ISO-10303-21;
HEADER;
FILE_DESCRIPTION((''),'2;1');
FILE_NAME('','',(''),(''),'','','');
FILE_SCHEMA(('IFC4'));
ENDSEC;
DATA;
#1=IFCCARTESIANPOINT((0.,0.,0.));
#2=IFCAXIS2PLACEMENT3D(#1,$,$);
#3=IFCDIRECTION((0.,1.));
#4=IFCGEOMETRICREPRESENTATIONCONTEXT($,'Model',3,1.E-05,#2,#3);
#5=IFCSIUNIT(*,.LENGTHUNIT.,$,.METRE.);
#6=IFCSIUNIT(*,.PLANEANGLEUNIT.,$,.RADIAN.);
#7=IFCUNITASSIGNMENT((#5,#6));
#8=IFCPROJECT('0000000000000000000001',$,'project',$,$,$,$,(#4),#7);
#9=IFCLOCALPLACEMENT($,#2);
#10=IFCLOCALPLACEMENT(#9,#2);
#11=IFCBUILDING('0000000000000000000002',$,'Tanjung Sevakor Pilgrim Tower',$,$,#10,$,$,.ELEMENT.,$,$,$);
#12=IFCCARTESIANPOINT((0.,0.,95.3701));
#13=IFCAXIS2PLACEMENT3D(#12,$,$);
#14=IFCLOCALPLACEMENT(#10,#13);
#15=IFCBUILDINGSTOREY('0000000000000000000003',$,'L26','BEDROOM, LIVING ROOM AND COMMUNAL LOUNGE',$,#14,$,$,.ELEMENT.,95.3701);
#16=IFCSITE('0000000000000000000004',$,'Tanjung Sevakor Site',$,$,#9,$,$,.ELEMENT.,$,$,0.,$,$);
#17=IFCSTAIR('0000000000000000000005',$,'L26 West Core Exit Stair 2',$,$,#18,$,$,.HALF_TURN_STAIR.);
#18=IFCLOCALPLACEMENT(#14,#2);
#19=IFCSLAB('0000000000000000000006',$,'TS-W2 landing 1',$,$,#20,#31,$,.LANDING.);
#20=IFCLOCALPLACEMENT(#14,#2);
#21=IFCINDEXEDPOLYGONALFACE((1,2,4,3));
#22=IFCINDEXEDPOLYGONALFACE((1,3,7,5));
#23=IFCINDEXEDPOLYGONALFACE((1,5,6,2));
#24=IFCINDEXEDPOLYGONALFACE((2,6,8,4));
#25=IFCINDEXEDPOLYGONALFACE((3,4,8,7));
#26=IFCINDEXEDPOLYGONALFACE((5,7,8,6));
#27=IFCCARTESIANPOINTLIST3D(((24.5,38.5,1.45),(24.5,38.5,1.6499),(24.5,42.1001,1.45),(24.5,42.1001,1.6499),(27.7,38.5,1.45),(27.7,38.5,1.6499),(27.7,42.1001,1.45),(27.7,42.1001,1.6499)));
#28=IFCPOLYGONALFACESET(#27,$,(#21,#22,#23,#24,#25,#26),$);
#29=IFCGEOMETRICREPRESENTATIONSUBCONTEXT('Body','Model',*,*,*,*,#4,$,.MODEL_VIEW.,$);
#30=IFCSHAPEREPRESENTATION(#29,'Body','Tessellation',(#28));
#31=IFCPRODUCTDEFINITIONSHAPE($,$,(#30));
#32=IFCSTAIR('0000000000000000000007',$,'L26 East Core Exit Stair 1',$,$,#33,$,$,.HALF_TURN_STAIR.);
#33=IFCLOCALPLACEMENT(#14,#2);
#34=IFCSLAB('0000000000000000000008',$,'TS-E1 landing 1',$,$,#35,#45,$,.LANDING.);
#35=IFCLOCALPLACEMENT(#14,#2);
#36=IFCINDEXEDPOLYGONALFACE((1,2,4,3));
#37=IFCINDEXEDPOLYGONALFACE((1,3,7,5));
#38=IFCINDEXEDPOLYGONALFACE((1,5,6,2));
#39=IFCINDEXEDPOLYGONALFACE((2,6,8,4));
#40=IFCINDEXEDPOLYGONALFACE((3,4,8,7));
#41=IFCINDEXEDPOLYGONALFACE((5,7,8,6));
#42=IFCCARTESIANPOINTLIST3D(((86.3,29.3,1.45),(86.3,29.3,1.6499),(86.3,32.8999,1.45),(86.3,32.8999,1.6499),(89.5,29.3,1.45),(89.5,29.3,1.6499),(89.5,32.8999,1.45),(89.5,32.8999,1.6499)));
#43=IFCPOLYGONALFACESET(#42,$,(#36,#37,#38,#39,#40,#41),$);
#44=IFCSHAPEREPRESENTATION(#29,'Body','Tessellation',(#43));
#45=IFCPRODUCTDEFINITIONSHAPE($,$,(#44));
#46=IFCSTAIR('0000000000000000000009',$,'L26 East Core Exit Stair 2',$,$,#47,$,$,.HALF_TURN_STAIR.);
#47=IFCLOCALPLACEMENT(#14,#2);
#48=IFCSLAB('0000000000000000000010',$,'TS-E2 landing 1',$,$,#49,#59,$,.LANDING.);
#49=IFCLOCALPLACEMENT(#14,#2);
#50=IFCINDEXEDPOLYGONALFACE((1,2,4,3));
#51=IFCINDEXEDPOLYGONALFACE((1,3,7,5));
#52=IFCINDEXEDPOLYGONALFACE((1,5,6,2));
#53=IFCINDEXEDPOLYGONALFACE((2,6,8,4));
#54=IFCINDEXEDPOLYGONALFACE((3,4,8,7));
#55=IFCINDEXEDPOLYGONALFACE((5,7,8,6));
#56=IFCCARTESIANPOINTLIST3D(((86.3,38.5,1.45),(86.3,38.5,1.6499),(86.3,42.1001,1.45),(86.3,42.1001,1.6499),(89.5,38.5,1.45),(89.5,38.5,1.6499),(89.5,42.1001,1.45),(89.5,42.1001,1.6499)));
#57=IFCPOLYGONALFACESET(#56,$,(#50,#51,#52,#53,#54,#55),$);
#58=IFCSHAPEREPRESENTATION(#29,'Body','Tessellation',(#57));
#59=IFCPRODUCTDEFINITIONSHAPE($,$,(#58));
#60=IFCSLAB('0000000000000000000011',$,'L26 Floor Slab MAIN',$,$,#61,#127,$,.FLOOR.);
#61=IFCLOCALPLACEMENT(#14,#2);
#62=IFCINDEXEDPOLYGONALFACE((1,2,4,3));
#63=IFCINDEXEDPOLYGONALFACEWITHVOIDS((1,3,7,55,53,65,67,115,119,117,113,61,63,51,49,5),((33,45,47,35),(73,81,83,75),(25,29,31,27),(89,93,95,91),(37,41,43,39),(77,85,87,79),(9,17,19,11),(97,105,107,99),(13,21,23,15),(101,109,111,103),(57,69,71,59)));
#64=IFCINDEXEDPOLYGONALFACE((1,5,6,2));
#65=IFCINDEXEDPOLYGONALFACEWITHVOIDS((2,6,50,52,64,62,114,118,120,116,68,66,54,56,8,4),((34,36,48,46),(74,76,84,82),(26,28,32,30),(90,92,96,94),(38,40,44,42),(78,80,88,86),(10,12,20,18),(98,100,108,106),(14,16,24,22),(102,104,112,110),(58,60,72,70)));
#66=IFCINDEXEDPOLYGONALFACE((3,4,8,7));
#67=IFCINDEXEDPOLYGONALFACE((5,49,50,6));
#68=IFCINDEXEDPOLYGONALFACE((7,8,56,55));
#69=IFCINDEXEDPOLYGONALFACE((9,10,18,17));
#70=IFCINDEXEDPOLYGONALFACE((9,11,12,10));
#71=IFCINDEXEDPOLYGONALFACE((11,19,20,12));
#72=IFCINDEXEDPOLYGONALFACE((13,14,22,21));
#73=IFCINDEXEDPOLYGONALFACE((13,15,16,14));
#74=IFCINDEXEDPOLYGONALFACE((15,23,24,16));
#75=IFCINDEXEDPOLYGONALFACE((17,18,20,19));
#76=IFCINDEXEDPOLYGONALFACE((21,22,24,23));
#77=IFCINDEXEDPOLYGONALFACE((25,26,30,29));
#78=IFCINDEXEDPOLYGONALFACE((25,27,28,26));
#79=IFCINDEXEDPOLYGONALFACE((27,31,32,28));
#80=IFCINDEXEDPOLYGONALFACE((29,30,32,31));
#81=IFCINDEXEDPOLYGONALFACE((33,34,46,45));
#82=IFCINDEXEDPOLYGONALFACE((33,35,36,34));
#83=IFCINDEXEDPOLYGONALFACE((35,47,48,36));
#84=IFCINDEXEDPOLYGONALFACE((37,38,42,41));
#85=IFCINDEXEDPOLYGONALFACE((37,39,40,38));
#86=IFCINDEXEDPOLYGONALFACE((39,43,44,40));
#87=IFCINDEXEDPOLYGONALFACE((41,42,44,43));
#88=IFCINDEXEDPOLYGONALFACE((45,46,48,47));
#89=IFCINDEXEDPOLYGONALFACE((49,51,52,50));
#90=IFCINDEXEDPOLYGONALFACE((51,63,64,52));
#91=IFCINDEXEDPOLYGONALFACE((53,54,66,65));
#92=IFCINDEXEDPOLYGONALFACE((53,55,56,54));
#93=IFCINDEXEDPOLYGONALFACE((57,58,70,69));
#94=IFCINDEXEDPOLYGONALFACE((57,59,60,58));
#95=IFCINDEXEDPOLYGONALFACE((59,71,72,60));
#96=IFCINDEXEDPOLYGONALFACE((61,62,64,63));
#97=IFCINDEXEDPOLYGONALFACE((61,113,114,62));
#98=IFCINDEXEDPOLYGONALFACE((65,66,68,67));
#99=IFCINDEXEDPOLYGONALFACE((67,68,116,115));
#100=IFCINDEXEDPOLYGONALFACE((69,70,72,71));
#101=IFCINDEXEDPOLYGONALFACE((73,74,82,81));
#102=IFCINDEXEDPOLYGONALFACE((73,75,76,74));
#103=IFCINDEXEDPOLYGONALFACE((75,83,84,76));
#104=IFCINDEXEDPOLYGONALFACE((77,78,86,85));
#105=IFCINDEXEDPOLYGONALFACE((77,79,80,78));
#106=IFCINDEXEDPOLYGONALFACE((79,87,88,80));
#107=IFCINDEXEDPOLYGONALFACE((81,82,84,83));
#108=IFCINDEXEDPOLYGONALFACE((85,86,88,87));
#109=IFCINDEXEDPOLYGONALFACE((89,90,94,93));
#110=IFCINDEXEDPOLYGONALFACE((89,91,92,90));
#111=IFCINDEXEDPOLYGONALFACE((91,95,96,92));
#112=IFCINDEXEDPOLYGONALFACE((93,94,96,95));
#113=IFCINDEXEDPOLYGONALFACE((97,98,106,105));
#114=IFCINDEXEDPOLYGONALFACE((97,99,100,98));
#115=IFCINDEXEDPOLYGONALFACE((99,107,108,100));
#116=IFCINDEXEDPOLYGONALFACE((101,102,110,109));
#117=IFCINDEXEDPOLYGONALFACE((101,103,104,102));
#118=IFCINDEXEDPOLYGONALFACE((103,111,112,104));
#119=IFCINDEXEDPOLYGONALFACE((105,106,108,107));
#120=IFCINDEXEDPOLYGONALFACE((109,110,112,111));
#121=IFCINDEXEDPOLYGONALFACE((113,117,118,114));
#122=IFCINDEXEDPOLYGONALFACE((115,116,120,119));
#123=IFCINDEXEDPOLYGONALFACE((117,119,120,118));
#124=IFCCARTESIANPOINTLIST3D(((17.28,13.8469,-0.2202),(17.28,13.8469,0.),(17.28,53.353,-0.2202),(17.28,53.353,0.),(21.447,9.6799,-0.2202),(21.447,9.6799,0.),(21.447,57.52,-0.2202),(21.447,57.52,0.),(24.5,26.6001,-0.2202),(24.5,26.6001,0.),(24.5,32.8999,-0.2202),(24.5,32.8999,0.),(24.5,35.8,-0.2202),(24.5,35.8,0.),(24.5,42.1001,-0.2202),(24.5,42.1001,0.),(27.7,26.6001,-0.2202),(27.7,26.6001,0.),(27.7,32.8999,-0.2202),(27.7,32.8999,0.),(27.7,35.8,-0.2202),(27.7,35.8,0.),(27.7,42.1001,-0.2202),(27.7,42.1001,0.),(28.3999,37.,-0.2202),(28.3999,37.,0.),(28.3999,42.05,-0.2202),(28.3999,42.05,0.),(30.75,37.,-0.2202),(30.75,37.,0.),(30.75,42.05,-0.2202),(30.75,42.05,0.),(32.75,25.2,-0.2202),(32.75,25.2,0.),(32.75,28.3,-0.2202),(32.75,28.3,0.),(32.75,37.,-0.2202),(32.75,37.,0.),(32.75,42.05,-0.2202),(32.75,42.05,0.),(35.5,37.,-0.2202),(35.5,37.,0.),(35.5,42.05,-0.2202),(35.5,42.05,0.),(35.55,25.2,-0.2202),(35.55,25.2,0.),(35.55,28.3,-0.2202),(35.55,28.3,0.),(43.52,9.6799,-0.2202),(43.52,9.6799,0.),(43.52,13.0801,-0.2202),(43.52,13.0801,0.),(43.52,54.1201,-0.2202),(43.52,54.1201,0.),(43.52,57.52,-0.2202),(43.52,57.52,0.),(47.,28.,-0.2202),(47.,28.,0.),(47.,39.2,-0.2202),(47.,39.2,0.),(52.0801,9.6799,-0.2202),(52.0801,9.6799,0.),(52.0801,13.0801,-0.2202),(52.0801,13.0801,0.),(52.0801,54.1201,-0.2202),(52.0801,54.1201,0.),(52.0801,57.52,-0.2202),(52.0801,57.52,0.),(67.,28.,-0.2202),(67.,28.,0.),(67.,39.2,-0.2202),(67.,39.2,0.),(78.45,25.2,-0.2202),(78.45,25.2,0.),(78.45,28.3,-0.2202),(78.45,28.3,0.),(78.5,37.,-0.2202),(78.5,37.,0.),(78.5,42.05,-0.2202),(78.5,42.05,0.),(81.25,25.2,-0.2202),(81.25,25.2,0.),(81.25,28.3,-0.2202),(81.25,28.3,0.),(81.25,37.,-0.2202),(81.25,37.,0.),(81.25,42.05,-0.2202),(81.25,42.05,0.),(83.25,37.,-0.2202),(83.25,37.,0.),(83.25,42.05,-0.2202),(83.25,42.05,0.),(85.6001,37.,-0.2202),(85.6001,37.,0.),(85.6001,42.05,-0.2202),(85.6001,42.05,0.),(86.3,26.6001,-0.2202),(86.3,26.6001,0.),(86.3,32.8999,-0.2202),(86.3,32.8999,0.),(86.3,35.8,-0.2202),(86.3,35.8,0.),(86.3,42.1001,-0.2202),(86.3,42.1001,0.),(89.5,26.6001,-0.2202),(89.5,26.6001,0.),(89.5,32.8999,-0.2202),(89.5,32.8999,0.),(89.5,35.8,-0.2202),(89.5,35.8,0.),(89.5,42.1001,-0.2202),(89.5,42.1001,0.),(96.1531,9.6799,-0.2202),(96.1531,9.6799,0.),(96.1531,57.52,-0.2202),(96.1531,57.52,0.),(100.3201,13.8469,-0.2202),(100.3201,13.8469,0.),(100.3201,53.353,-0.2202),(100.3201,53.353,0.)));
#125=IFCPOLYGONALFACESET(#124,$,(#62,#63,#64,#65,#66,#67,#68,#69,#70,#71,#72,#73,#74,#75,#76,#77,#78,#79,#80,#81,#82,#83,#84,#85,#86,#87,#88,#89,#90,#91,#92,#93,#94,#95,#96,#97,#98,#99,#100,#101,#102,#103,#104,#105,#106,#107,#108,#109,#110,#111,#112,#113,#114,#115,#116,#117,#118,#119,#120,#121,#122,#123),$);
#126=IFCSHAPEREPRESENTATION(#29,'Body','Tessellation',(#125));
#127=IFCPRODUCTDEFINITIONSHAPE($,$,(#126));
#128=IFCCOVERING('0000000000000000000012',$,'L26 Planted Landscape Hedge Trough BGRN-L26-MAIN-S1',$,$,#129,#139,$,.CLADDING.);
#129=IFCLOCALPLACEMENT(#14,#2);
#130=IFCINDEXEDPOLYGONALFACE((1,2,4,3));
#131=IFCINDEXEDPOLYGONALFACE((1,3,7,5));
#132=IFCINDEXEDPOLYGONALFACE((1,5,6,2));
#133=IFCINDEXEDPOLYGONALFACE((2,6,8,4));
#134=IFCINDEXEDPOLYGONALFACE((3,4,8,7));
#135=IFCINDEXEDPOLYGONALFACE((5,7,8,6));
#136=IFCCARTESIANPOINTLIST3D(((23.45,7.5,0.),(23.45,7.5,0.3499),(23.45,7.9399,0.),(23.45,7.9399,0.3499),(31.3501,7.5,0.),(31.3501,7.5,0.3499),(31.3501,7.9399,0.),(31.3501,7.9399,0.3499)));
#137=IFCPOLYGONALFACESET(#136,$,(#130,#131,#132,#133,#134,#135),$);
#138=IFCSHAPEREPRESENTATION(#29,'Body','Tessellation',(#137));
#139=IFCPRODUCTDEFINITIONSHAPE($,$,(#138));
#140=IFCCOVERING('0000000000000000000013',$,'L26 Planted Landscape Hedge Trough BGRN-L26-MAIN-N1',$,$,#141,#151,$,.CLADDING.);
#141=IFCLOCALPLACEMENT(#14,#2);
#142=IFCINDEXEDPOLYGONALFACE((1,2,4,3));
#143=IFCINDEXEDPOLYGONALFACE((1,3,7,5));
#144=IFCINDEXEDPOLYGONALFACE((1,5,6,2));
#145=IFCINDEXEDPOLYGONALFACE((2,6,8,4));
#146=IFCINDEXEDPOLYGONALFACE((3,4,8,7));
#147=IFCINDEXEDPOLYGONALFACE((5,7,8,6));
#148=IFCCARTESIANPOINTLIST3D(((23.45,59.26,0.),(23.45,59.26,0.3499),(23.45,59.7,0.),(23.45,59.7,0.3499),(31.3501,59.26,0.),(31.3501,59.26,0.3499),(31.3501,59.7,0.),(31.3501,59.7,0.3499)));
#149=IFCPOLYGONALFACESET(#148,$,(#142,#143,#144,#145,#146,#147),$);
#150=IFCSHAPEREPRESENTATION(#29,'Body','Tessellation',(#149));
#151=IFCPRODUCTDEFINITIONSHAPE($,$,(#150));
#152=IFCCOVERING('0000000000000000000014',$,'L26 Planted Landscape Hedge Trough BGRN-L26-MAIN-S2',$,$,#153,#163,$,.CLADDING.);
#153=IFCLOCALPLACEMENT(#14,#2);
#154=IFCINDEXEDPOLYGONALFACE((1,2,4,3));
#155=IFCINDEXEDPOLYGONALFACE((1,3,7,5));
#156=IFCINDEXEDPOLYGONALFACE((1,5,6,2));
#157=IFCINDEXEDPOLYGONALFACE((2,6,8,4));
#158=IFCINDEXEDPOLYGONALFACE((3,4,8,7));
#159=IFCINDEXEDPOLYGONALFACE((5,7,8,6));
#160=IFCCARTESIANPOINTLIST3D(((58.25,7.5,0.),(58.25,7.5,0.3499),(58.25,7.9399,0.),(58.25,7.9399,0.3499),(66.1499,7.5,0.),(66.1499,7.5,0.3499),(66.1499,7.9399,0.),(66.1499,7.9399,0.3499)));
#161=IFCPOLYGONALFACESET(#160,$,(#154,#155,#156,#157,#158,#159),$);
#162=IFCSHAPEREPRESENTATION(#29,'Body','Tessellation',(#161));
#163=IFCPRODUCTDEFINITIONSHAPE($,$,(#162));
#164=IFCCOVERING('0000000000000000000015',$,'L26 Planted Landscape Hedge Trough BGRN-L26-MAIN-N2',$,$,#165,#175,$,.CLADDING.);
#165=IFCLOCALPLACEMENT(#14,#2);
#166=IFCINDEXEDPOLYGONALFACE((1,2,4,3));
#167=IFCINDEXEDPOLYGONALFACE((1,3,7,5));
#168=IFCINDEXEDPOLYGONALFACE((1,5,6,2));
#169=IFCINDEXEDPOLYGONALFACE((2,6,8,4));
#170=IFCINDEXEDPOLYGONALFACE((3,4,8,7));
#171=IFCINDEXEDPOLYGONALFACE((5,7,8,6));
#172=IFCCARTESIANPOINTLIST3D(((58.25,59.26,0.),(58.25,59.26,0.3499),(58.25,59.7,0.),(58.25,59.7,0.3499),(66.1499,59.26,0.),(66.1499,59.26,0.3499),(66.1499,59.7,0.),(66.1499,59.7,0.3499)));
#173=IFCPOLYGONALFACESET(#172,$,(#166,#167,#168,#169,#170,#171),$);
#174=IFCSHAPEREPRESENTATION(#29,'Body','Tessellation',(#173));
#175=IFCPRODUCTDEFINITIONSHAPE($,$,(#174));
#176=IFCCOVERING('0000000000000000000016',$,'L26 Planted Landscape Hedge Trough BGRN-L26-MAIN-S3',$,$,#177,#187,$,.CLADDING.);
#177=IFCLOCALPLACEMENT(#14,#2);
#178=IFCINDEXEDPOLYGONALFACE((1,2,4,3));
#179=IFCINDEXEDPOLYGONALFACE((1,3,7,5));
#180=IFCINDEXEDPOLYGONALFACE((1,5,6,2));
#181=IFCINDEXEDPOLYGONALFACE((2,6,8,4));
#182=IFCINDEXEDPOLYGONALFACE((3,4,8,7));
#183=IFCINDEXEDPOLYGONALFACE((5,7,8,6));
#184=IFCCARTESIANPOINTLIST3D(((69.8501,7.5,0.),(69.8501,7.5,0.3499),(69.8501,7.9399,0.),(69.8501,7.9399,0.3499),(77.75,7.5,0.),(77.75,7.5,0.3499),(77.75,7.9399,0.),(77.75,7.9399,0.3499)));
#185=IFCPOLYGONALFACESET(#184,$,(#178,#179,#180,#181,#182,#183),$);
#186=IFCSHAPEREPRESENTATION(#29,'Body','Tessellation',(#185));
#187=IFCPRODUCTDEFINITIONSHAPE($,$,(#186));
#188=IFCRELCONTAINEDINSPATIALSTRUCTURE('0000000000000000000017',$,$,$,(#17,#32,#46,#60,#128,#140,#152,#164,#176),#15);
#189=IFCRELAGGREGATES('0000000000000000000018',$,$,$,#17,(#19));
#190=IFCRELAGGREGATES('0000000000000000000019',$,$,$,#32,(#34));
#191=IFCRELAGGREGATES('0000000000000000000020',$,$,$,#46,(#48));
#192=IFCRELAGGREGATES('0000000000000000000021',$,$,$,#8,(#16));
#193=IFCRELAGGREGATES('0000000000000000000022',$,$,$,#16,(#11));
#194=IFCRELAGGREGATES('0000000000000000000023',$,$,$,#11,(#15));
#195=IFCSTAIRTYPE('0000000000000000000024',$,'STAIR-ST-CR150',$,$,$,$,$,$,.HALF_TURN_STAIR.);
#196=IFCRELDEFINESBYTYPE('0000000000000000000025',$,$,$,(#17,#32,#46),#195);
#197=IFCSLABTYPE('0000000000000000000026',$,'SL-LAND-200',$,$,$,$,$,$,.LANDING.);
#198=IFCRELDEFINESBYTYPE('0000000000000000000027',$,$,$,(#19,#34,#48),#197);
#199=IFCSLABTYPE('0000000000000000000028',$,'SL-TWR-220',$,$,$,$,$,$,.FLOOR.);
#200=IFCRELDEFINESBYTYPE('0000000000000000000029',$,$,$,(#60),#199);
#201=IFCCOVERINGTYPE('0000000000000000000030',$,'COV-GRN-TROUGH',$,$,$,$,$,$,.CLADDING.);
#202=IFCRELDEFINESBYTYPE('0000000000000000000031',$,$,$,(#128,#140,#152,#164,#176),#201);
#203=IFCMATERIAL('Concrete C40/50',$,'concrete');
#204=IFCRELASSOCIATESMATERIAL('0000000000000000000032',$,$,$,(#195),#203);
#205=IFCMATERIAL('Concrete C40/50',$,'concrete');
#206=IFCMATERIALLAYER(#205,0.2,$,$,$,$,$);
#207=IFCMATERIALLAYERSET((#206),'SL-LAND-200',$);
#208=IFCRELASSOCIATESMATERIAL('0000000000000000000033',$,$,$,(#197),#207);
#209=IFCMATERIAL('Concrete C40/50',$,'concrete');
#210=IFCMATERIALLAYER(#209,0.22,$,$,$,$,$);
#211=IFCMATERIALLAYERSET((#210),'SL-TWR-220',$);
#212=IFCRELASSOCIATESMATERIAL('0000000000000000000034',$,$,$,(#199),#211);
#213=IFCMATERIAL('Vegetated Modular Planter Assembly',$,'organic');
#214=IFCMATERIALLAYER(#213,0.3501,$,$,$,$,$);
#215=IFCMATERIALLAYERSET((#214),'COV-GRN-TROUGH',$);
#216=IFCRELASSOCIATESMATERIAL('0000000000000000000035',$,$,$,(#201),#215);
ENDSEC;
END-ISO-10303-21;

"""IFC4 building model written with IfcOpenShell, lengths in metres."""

from ifc_helpers import new_model, si_unit, direction, frame, origin, place, context, subcontext, project, spatial, polyline, outline, extrude, material, layer, layer_set, type_object, element, aggregate, save


model = new_model("IFC4")

# Units and contexts
model_context = context("Model", 3, precision=1e-05, world=origin(), true_north=direction((0.0, 1.0)))
body_context = subcontext(model_context, "Body", "Model", "MODEL_VIEW")
ifc_project = project(units=[si_unit("LENGTHUNIT", "METRE"), si_unit("PLANEANGLEUNIT", "RADIAN")], contexts=[model_context])

# Site, building, storey
site_placement = place(None, origin())
site = spatial("IfcSite", under=ifc_project, at=site_placement, Name="Tanjung Sevakor Site", CompositionType="ELEMENT", RefElevation=0.0)
building_placement = place(site_placement, origin())
building = spatial("IfcBuilding", under=site, at=building_placement, Name="Tanjung Sevakor Pilgrim Tower", CompositionType="ELEMENT")
storey_placement = place(building_placement, frame((0.0, 0.0, 95.3701)))
storey = spatial("IfcBuildingStorey", under=building, at=storey_placement, Name="L26", Description="BEDROOM, LIVING ROOM AND COMMUNAL LOUNGE", CompositionType="ELEMENT", Elevation=95.3701)

# Stairs, slabs
ifc_material_1 = material(Name="Concrete C40/50", Category="concrete")
stair_type = type_object("IfcStairType", Name="STAIR-ST-CR150", PredefinedType="HALF_TURN_STAIR", material=ifc_material_1)
ifc_material_2 = material(Name="Concrete C40/50", Category="concrete")
ifc_layer_1 = layer(ifc_material_2, 0.2)
ifc_layer_set_1 = layer_set([ifc_layer_1], Name="SL-LAND-200")
slab_type_1 = type_object("IfcSlabType", Name="SL-LAND-200", PredefinedType="LANDING", material=ifc_layer_set_1)
stair_1_placement = place(storey_placement, origin())
stair_1 = element("IfcStair", 1, at=stair_1_placement, inside=storey, type_object=stair_type, Name="L26 West Core Exit Stair 2", PredefinedType="HALF_TURN_STAIR")
slab_1_placement = place(storey_placement, frame((0.0, 0.0, 1.45)))
slab_1 = element("IfcSlab", 2, at=slab_1_placement, type_object=slab_type_1, Name="TS-W2 landing 1", PredefinedType="LANDING", context=body_context, shape_type="SweptSolid", body=[
    extrude(outline(polyline([(27.7, 38.5), (27.7, 42.1001), (24.5, 42.1001), (24.5, 38.5), (27.7, 38.5)])), origin(), (0.0, 0.0, 1.0), 0.2),
])
aggregate(stair_1, [slab_1])
stair_2_placement = place(storey_placement, origin())
stair_2 = element("IfcStair", 3, at=stair_2_placement, inside=storey, type_object=stair_type, Name="L26 East Core Exit Stair 1", PredefinedType="HALF_TURN_STAIR")
slab_2_placement = place(storey_placement, frame((0.0, 0.0, 1.45)))
slab_2 = element("IfcSlab", 4, at=slab_2_placement, type_object=slab_type_1, Name="TS-E1 landing 1", PredefinedType="LANDING", context=body_context, shape_type="SweptSolid", body=[
    extrude(outline(polyline([(89.5, 29.3), (89.5, 32.8999), (86.3, 32.8999), (86.3, 29.3), (89.5, 29.3)])), origin(), (0.0, 0.0, 1.0), 0.2),
])
aggregate(stair_2, [slab_2])
stair_3_placement = place(storey_placement, origin())
stair_3 = element("IfcStair", 5, at=stair_3_placement, inside=storey, type_object=stair_type, Name="L26 East Core Exit Stair 2", PredefinedType="HALF_TURN_STAIR")
slab_3_placement = place(storey_placement, frame((0.0, 0.0, 1.45)))
slab_3 = element("IfcSlab", 6, at=slab_3_placement, type_object=slab_type_1, Name="TS-E2 landing 1", PredefinedType="LANDING", context=body_context, shape_type="SweptSolid", body=[
    extrude(outline(polyline([(89.5, 38.5), (89.5, 42.1001), (86.3, 42.1001), (86.3, 38.5), (89.5, 38.5)])), origin(), (0.0, 0.0, 1.0), 0.2),
])
aggregate(stair_3, [slab_3])

# Slab
ifc_material_3 = material(Name="Concrete C40/50", Category="concrete")
ifc_layer_2 = layer(ifc_material_3, 0.22)
ifc_layer_set_2 = layer_set([ifc_layer_2], Name="SL-TWR-220")
slab_type_2 = type_object("IfcSlabType", Name="SL-TWR-220", PredefinedType="FLOOR", material=ifc_layer_set_2)
slab_4_placement = place(storey_placement, frame((0.0, 0.0, -0.2202)))
element("IfcSlab", 7, at=slab_4_placement, inside=storey, type_object=slab_type_2, Name="L26 Floor Slab MAIN", PredefinedType="FLOOR", context=body_context, shape_type="SweptSolid", body=[
    extrude(outline(polyline([(21.447, 9.6799), (43.52, 9.6799), (43.52, 13.0801), (52.0801, 13.0801), (52.0801, 9.6799), (96.1531, 9.6799), (100.3201, 13.8469), (100.3201, 53.353), (96.1531, 57.52), (52.0801, 57.52), (52.0801, 54.1201), (43.52, 54.1201), (43.52, 57.52), (21.447, 57.52), (17.28, 53.353), (17.28, 13.8469), (21.447, 9.6799)]), holes=[polyline([(27.7, 26.6001), (27.7, 32.8999), (24.5, 32.8999), (24.5, 26.6001), (27.7, 26.6001)]), polyline([(27.7, 35.8), (27.7, 42.1001), (24.5, 42.1001), (24.5, 35.8), (27.7, 35.8)]), polyline([(89.5, 26.6001), (89.5, 32.8999), (86.3, 32.8999), (86.3, 26.6001), (89.5, 26.6001)]), polyline([(89.5, 35.8), (89.5, 42.1001), (86.3, 42.1001), (86.3, 35.8), (89.5, 35.8)]), polyline([(32.75, 25.2), (35.55, 25.2), (35.55, 28.3), (32.75, 28.3), (32.75, 25.2)]), polyline([(28.3999, 37.0), (30.75, 37.0), (30.75, 42.05), (28.3999, 42.05), (28.3999, 37.0)]), polyline([(32.75, 37.0), (35.5, 37.0), (35.5, 42.05), (32.75, 42.05), (32.75, 37.0)]), polyline([(78.45, 25.2), (81.25, 25.2), (81.25, 28.3), (78.45, 28.3), (78.45, 25.2)]), polyline([(83.25, 37.0), (85.6001, 37.0), (85.6001, 42.05), (83.25, 42.05), (83.25, 37.0)]), polyline([(78.5, 37.0), (81.25, 37.0), (81.25, 42.05), (78.5, 42.05), (78.5, 37.0)]), polyline([(47.0, 28.0), (67.0, 28.0), (67.0, 39.2), (47.0, 39.2), (47.0, 28.0)])]), origin(), (0.0, 0.0, 1.0), 0.2202),
])

# Coverings
ifc_material_4 = material(Name="Vegetated Modular Planter Assembly", Category="organic")
ifc_layer_3 = layer(ifc_material_4, 0.3501)
ifc_layer_set_3 = layer_set([ifc_layer_3], Name="COV-GRN-TROUGH")
covering_type = type_object("IfcCoveringType", Name="COV-GRN-TROUGH", PredefinedType="CLADDING", material=ifc_layer_set_3)
covering_1_placement = place(storey_placement, origin())
element("IfcCovering", 8, at=covering_1_placement, inside=storey, type_object=covering_type, Name="L26 Planted Landscape Hedge Trough BGRN-L26-MAIN-S1", PredefinedType="CLADDING", context=body_context, shape_type="SweptSolid", body=[
    extrude(outline(polyline([(23.45, 7.5), (31.3501, 7.5), (31.3501, 7.9399), (23.45, 7.9399), (23.45, 7.5)])), origin(), (0.0, 0.0, 1.0), 0.3499),
])
covering_2_placement = place(storey_placement, origin())
element("IfcCovering", 9, at=covering_2_placement, inside=storey, type_object=covering_type, Name="L26 Planted Landscape Hedge Trough BGRN-L26-MAIN-N1", PredefinedType="CLADDING", context=body_context, shape_type="SweptSolid", body=[
    extrude(outline(polyline([(23.45, 59.26), (31.3501, 59.26), (31.3501, 59.7), (23.45, 59.7), (23.45, 59.26)])), origin(), (0.0, 0.0, 1.0), 0.3499),
])
covering_3_placement = place(storey_placement, origin())
element("IfcCovering", 10, at=covering_3_placement, inside=storey, type_object=covering_type, Name="L26 Planted Landscape Hedge Trough BGRN-L26-MAIN-S2", PredefinedType="CLADDING", context=body_context, shape_type="SweptSolid", body=[
    extrude(outline(polyline([(58.25, 7.5), (66.1499, 7.5), (66.1499, 7.9399), (58.25, 7.9399), (58.25, 7.5)])), origin(), (0.0, 0.0, 1.0), 0.3499),
])
covering_4_placement = place(storey_placement, origin())
element("IfcCovering", 11, at=covering_4_placement, inside=storey, type_object=covering_type, Name="L26 Planted Landscape Hedge Trough BGRN-L26-MAIN-N2", PredefinedType="CLADDING", context=body_context, shape_type="SweptSolid", body=[
    extrude(outline(polyline([(58.25, 59.26), (66.1499, 59.26), (66.1499, 59.7), (58.25, 59.7), (58.25, 59.26)])), origin(), (0.0, 0.0, 1.0), 0.3499),
])
covering_5_placement = place(storey_placement, origin())
element("IfcCovering", 12, at=covering_5_placement, inside=storey, type_object=covering_type, Name="L26 Planted Landscape Hedge Trough BGRN-L26-MAIN-S3", PredefinedType="CLADDING", context=body_context, shape_type="SweptSolid", body=[
    extrude(outline(polyline([(69.8501, 7.5), (77.75, 7.5), (77.75, 7.9399), (69.8501, 7.9399), (69.8501, 7.5)])), origin(), (0.0, 0.0, 1.0), 0.3499),
])

save(model, "model.ifc")
